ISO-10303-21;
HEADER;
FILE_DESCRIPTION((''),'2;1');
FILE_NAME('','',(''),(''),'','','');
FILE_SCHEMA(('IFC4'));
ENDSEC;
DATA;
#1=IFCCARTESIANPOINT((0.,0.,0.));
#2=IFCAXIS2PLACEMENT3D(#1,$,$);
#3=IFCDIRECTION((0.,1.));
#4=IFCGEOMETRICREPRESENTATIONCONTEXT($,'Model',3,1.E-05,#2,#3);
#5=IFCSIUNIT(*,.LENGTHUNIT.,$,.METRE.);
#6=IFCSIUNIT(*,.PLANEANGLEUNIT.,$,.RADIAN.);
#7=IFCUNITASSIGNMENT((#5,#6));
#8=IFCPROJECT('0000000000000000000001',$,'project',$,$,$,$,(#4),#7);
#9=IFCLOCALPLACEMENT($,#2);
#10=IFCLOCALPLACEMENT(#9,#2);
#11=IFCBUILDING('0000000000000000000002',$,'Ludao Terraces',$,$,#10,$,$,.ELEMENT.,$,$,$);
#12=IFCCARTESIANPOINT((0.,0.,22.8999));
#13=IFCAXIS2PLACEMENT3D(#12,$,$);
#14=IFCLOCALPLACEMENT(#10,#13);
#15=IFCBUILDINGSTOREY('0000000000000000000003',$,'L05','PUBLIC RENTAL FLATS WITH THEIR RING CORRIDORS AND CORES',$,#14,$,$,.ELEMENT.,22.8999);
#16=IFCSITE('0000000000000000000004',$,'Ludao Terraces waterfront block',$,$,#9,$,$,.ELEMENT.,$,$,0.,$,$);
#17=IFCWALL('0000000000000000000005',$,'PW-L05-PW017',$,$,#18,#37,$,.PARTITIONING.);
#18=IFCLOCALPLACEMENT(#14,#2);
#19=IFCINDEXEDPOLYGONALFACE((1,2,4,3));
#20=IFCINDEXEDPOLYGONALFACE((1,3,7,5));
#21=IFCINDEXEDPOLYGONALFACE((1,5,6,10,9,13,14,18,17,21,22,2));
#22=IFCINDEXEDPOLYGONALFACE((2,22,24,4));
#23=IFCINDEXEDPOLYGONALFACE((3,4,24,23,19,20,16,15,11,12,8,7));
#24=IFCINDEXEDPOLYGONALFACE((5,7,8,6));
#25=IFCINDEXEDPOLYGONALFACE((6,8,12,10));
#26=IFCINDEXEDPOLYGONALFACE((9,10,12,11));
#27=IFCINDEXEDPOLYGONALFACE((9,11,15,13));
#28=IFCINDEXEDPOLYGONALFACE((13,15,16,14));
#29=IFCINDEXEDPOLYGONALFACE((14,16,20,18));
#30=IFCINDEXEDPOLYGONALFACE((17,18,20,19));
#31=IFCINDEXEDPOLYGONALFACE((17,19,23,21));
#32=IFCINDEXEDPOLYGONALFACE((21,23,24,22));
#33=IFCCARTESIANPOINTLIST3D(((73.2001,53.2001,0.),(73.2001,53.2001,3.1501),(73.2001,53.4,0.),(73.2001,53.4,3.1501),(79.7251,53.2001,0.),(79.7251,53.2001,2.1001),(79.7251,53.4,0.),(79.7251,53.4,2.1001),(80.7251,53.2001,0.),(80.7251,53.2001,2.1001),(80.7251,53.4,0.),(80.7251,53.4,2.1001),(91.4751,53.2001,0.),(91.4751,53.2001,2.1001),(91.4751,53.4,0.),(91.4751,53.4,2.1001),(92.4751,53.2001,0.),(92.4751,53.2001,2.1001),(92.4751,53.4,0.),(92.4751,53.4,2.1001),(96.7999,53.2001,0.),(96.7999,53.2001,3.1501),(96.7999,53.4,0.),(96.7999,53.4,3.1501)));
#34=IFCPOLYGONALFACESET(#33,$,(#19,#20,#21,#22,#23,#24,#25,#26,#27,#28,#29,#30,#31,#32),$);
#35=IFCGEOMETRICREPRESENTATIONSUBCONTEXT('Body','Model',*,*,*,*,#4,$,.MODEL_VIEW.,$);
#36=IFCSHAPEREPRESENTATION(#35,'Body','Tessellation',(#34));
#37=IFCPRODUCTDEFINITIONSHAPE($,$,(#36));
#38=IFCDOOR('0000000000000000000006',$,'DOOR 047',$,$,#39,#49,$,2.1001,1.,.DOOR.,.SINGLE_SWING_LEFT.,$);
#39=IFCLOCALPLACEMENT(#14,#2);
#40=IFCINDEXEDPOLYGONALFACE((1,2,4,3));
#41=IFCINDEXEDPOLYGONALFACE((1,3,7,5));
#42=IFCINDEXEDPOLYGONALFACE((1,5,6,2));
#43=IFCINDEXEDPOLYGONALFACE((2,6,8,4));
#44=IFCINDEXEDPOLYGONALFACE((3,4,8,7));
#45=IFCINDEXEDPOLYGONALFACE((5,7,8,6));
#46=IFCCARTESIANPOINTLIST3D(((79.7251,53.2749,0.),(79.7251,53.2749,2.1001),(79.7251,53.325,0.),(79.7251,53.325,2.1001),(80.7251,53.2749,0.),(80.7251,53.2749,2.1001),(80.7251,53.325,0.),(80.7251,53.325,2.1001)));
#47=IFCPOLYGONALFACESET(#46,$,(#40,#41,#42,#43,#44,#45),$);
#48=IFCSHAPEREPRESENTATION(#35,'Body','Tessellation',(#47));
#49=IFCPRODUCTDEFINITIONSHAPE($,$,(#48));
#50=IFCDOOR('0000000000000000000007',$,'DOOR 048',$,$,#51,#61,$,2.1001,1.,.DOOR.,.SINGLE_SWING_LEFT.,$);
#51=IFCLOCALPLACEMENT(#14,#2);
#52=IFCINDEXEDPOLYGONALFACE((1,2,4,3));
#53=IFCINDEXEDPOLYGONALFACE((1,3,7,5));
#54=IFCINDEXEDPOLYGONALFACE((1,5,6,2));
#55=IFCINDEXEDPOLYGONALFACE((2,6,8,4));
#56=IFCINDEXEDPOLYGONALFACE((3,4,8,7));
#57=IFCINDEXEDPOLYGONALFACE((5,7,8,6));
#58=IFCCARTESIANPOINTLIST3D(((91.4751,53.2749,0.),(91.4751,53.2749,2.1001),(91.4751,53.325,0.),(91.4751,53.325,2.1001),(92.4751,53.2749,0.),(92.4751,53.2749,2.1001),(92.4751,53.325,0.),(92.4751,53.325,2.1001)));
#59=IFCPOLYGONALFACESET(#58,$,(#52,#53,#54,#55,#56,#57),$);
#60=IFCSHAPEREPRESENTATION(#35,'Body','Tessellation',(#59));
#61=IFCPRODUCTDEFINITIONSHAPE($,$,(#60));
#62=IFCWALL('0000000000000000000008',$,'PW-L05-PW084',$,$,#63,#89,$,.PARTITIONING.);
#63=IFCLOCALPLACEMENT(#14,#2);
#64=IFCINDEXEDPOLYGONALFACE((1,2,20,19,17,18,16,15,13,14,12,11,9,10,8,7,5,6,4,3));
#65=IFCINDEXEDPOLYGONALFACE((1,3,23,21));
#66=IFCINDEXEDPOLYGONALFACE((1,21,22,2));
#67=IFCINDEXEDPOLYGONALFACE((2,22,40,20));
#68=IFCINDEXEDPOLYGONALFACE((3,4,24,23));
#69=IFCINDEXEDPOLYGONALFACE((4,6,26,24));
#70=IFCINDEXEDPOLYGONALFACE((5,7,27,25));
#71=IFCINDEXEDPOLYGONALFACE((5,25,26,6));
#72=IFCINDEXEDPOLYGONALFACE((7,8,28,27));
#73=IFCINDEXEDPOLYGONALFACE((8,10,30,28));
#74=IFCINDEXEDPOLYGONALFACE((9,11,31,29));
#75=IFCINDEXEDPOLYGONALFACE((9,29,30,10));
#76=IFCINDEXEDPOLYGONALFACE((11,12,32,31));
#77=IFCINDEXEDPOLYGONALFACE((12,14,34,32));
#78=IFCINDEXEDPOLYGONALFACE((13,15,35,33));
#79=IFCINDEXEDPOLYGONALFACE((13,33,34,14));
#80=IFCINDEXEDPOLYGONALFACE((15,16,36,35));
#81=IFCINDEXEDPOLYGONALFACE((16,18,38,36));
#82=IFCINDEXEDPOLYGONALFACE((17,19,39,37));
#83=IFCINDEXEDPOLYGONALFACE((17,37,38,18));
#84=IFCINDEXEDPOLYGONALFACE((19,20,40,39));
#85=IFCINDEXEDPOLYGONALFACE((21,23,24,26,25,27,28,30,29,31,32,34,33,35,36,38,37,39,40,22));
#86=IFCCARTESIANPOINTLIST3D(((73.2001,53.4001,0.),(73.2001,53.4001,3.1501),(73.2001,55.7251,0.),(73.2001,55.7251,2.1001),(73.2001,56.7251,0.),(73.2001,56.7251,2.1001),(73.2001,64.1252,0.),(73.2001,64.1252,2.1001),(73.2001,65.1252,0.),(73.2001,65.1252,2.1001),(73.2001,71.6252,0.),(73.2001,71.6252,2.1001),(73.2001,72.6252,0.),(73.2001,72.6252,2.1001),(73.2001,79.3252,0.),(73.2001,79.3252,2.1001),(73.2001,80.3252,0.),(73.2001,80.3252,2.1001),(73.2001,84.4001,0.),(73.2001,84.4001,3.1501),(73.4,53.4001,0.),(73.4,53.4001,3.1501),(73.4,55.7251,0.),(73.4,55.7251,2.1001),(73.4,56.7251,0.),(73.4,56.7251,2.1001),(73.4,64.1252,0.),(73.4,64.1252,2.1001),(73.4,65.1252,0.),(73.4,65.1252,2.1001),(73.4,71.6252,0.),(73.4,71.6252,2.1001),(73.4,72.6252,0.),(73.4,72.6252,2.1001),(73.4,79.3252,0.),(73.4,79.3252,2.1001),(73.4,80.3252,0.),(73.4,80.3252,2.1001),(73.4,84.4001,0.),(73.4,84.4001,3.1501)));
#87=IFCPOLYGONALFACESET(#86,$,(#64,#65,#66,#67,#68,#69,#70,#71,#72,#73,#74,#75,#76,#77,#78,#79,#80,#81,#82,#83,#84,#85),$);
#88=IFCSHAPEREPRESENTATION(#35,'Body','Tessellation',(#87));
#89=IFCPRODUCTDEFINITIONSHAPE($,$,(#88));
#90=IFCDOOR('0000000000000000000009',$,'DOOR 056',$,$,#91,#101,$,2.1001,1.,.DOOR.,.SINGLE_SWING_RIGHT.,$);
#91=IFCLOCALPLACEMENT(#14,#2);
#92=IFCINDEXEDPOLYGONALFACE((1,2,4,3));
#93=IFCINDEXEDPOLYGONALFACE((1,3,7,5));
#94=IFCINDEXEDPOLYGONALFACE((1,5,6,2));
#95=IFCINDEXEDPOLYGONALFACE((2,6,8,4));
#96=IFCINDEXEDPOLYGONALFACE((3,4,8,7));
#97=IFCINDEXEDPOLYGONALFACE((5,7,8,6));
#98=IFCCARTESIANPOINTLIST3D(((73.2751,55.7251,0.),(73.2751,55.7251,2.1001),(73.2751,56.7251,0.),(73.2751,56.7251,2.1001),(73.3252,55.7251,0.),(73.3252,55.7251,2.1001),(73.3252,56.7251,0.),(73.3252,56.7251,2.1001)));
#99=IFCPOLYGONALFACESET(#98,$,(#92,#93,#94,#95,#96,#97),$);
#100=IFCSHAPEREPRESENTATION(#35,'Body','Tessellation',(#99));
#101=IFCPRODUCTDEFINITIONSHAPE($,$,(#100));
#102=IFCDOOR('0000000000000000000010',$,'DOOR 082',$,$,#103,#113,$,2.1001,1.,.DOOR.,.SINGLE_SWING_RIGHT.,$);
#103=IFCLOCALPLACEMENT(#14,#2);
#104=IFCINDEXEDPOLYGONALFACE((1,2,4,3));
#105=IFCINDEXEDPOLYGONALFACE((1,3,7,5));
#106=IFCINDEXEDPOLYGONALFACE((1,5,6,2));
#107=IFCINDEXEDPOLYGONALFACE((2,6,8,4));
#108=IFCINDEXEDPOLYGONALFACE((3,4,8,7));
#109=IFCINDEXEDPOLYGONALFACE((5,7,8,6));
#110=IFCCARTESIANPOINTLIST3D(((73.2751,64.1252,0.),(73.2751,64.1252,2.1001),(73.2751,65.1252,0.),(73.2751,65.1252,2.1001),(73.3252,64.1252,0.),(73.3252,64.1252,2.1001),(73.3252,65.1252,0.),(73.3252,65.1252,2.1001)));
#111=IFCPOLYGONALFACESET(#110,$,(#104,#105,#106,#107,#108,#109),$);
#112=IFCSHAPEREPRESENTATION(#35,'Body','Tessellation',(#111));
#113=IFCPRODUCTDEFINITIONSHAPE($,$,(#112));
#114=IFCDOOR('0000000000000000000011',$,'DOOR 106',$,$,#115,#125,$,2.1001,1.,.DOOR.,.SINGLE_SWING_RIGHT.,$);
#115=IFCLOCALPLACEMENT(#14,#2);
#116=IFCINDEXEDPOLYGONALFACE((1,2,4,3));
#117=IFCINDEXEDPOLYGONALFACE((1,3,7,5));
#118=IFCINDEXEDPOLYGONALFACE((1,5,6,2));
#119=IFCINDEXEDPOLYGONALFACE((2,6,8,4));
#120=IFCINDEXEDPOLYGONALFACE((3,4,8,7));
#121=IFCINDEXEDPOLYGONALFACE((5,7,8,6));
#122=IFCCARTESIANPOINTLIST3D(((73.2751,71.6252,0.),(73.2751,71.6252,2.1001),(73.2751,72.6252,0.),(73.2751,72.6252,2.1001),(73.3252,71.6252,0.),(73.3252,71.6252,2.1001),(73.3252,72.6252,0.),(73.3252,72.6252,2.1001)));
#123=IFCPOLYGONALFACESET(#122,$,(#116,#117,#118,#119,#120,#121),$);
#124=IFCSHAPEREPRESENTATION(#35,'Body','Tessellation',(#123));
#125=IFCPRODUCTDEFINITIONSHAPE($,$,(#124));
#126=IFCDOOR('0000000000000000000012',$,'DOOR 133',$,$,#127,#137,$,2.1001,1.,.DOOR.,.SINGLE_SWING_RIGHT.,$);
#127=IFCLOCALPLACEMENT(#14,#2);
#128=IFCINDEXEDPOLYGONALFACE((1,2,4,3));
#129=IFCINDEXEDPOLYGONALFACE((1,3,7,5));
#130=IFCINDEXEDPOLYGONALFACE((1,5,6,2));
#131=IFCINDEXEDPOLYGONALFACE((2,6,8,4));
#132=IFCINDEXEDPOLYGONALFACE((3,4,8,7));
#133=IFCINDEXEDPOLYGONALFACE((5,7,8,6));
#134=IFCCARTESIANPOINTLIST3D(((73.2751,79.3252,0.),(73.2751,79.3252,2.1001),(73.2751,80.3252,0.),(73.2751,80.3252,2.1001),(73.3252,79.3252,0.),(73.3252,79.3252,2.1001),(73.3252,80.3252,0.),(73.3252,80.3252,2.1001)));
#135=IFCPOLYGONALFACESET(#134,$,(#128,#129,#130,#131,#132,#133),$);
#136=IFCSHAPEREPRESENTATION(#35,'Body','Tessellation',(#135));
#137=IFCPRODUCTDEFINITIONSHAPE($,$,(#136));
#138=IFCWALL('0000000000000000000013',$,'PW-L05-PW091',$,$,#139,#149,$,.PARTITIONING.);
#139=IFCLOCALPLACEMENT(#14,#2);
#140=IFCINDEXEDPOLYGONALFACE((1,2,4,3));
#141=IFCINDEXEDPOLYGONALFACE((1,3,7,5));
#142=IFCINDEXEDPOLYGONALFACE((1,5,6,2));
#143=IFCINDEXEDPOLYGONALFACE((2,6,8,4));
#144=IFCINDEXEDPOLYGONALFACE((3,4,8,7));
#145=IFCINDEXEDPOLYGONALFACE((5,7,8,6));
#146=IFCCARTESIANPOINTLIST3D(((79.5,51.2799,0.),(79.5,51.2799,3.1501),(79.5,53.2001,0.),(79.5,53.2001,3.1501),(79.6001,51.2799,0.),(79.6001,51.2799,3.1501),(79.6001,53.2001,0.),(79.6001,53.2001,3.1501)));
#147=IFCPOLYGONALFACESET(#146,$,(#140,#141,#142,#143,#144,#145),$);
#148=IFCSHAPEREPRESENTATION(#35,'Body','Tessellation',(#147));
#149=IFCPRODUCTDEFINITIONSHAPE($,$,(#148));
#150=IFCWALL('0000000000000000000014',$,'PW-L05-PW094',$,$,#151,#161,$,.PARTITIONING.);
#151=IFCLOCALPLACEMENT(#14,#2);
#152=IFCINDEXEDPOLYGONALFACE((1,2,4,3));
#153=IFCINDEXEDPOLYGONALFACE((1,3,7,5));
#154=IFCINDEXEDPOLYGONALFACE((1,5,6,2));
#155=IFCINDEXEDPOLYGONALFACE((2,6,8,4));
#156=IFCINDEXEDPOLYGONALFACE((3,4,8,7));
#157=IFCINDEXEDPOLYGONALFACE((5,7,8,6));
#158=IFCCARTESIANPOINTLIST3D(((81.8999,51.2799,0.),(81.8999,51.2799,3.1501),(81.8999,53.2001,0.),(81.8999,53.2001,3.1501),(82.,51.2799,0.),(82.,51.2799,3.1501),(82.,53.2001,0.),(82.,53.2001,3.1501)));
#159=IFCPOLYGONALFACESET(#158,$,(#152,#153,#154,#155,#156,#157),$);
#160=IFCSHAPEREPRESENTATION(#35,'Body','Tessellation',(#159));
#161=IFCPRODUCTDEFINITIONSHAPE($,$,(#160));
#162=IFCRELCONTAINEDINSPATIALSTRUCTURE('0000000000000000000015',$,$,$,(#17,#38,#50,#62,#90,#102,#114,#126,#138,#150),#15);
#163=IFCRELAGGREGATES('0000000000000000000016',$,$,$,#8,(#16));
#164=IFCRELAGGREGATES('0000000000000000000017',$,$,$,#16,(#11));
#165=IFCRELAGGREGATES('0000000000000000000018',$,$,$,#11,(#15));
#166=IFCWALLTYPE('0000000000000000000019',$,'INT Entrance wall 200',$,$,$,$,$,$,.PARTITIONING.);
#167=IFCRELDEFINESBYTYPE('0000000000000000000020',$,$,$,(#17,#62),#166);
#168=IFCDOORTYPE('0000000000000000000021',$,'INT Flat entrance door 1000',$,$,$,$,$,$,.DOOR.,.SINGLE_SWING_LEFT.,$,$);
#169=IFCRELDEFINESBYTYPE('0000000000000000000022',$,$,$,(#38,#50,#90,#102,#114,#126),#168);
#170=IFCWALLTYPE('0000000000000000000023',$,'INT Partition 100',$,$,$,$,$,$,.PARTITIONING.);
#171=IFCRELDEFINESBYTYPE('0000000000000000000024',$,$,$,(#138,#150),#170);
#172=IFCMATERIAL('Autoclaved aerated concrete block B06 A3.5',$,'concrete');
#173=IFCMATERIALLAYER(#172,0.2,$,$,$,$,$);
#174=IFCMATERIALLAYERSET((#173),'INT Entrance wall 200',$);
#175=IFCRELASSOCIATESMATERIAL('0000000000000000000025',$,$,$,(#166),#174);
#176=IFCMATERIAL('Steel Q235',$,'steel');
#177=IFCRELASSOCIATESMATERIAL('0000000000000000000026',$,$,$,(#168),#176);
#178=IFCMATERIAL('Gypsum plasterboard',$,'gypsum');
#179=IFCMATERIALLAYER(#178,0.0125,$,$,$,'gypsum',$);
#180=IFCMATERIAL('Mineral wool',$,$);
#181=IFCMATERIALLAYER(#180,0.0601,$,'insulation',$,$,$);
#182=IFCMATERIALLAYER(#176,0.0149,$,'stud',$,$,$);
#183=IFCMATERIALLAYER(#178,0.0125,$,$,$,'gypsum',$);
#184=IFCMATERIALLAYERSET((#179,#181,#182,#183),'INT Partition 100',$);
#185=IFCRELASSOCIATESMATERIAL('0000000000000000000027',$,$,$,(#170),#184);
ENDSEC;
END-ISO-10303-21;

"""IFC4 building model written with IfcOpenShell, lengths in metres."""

from ifc_helpers import new_model, si_unit, direction, frame, frame_2d, origin, place, context, subcontext, project, spatial, rectangle, extrude, material, layer, layer_set, type_object, element, fill, save


model = new_model("IFC4")

# Units and contexts
model_context = context("Model", 3, precision=1e-05, world=origin(), true_north=direction((0.0, 1.0)))
body_context = subcontext(model_context, "Body", "Model", "MODEL_VIEW")
ifc_project = project(units=[si_unit("LENGTHUNIT", "METRE"), si_unit("PLANEANGLEUNIT", "RADIAN")], contexts=[model_context])

# Site, building, storey
site_placement = place(None, origin())
site = spatial("IfcSite", under=ifc_project, at=site_placement, Name="Ludao Terraces waterfront block", CompositionType="ELEMENT", RefElevation=0.0)
building_placement = place(site_placement, origin())
building = spatial("IfcBuilding", under=site, at=building_placement, Name="Ludao Terraces", CompositionType="ELEMENT")
storey_placement = place(building_placement, frame((0.0, 0.0, 22.8999)))
storey = spatial("IfcBuildingStorey", under=building, at=storey_placement, Name="L05", Description="PUBLIC RENTAL FLATS WITH THEIR RING CORRIDORS AND CORES", CompositionType="ELEMENT", Elevation=22.8999)

# Shared definitions
ifc_material_1 = material(Name="Steel Q235", Category="steel")

# Walls, openings, doors
ifc_material_2 = material(Name="Autoclaved aerated concrete block B06 A3.5", Category="concrete")
ifc_layer_1 = layer(ifc_material_2, 0.2)
ifc_layer_set_1 = layer_set([ifc_layer_1], Name="INT Entrance wall 200")
wall_type_1 = type_object("IfcWallType", Name="INT Entrance wall 200", PredefinedType="PARTITIONING", material=ifc_layer_set_1)
wall_1_placement = place(storey_placement, frame((73.2002, 53.3, 0.0), z_axis=(0.0, 0.0, 1.0), x_axis=(1.0, 0.0, 0.0)))
wall_1 = element("IfcWall", 1, at=wall_1_placement, inside=storey, type_object=wall_type_1, Name="PW-L05-PW017", PredefinedType="PARTITIONING", context=body_context, shape_type="SweptSolid", body=[
    extrude(rectangle(XDim=23.5999, YDim=0.2, at=frame_2d((11.7998, 0.0))), origin(), (0.0, 0.0, 1.0), 3.1501),
])
opening_1_placement = place(wall_1_placement, frame((6.5249, 0.0, 0.0)))
opening_1 = element("IfcOpeningElement", 2, at=opening_1_placement, cuts=wall_1, PredefinedType="OPENING", context=body_context, shape_type="SweptSolid", body=[
    extrude(rectangle(XDim=1.0, YDim=2.1001, at=frame_2d((0.5, 1.05))), frame((0.0, 0.1099, 0.0), z_axis=(0.0, -1.0, 0.0), x_axis=(1.0, 0.0, 0.0)), (0.0, 0.0, 1.0), 0.22),
])
opening_2_placement = place(wall_1_placement, frame((18.2749, 0.0, 0.0)))
opening_2 = element("IfcOpeningElement", 3, at=opening_2_placement, cuts=wall_1, PredefinedType="OPENING", context=body_context, shape_type="SweptSolid", body=[
    extrude(rectangle(XDim=1.0, YDim=2.1001, at=frame_2d((0.5, 1.05))), frame((0.0, 0.1099, 0.0), z_axis=(0.0, -1.0, 0.0), x_axis=(1.0, 0.0, 0.0)), (0.0, 0.0, 1.0), 0.22),
])
door_type_1 = type_object("IfcDoorType", Name="INT Flat entrance door 1000", OperationType="SINGLE_SWING_LEFT", PredefinedType="DOOR", material=ifc_material_1)
door_1_placement = place(opening_1_placement, origin())
door_1 = element("IfcDoor", 4, at=door_1_placement, inside=storey, type_object=door_type_1, Name="DOOR 047", OperationType="SINGLE_SWING_LEFT", OverallHeight=2.1001, OverallWidth=1.0, PredefinedType="DOOR", context=body_context, shape_type="SweptSolid", body=[
    extrude(rectangle(XDim=1.0, YDim=2.1001, at=frame_2d((0.5, 1.05))), frame((0.0, 0.0249, 0.0), z_axis=(0.0, -1.0, 0.0), x_axis=(1.0, 0.0, 0.0)), (0.0, 0.0, 1.0), 0.05),
])
fill(opening_1, door_1)
door_2_placement = place(opening_2_placement, origin())
door_2 = element("IfcDoor", 5, at=door_2_placement, inside=storey, type_object=door_type_1, Name="DOOR 048", OperationType="SINGLE_SWING_LEFT", OverallHeight=2.1001, OverallWidth=1.0, PredefinedType="DOOR", context=body_context, shape_type="SweptSolid", body=[
    extrude(rectangle(XDim=1.0, YDim=2.1001, at=frame_2d((0.5, 1.05))), frame((0.0, 0.0249, 0.0), z_axis=(0.0, -1.0, 0.0), x_axis=(1.0, 0.0, 0.0)), (0.0, 0.0, 1.0), 0.05),
])
fill(opening_2, door_2)
wall_2_placement = place(storey_placement, frame((73.3, 53.4001, 0.0), z_axis=(0.0, 0.0, 1.0), x_axis=(0.0, 1.0, 0.0)))
wall_2 = element("IfcWall", 6, at=wall_2_placement, inside=storey, type_object=wall_type_1, Name="PW-L05-PW084", PredefinedType="PARTITIONING", context=body_context, shape_type="SweptSolid", body=[
    extrude(rectangle(XDim=31.0, YDim=0.2, at=frame_2d((15.5, 0.0))), origin(), (0.0, 0.0, 1.0), 3.1501),
])
opening_3_placement = place(wall_2_placement, frame((2.325, 0.0, 0.0)))
opening_3 = element("IfcOpeningElement", 7, at=opening_3_placement, cuts=wall_2, PredefinedType="OPENING", context=body_context, shape_type="SweptSolid", body=[
    extrude(rectangle(XDim=1.0, YDim=2.1001, at=frame_2d((0.5, 1.05))), frame((0.0, 0.1099, 0.0), z_axis=(0.0, -1.0, 0.0), x_axis=(1.0, 0.0, 0.0)), (0.0, 0.0, 1.0), 0.22),
])
opening_4_placement = place(wall_2_placement, frame((10.7251, 0.0, 0.0)))
opening_4 = element("IfcOpeningElement", 8, at=opening_4_placement, cuts=wall_2, PredefinedType="OPENING", context=body_context, shape_type="SweptSolid", body=[
    extrude(rectangle(XDim=1.0, YDim=2.1001, at=frame_2d((0.5, 1.05))), frame((0.0, 0.1099, 0.0), z_axis=(0.0, -1.0, 0.0), x_axis=(1.0, 0.0, 0.0)), (0.0, 0.0, 1.0), 0.22),
])
opening_5_placement = place(wall_2_placement, frame((18.2251, 0.0, 0.0)))
opening_5 = element("IfcOpeningElement", 9, at=opening_5_placement, cuts=wall_2, PredefinedType="OPENING", context=body_context, shape_type="SweptSolid", body=[
    extrude(rectangle(XDim=1.0, YDim=2.1001, at=frame_2d((0.5, 1.05))), frame((0.0, 0.1099, 0.0), z_axis=(0.0, -1.0, 0.0), x_axis=(1.0, 0.0, 0.0)), (0.0, 0.0, 1.0), 0.22),
])
opening_6_placement = place(wall_2_placement, frame((25.925, 0.0, 0.0)))
opening_6 = element("IfcOpeningElement", 10, at=opening_6_placement, cuts=wall_2, PredefinedType="OPENING", context=body_context, shape_type="SweptSolid", body=[
    extrude(rectangle(XDim=1.0, YDim=2.1001, at=frame_2d((0.5, 1.05))), frame((0.0, 0.1099, 0.0), z_axis=(0.0, -1.0, 0.0), x_axis=(1.0, 0.0, 0.0)), (0.0, 0.0, 1.0), 0.22),
])
door_3_placement = place(opening_3_placement, origin())
door_3 = element("IfcDoor", 11, at=door_3_placement, inside=storey, type_object=door_type_1, Name="DOOR 056", OperationType="SINGLE_SWING_RIGHT", OverallHeight=2.1001, OverallWidth=1.0, PredefinedType="DOOR", context=body_context, shape_type="SweptSolid", body=[
    extrude(rectangle(XDim=1.0, YDim=2.1001, at=frame_2d((0.5, 1.05))), frame((0.0, 0.0249, 0.0), z_axis=(0.0, -1.0, 0.0), x_axis=(1.0, 0.0, 0.0)), (0.0, 0.0, 1.0), 0.05),
])
fill(opening_3, door_3)
door_4_placement = place(opening_4_placement, origin())
door_4 = element("IfcDoor", 12, at=door_4_placement, inside=storey, type_object=door_type_1, Name="DOOR 082", OperationType="SINGLE_SWING_RIGHT", OverallHeight=2.1001, OverallWidth=1.0, PredefinedType="DOOR", context=body_context, shape_type="SweptSolid", body=[
    extrude(rectangle(XDim=1.0, YDim=2.1001, at=frame_2d((0.5, 1.05))), frame((0.0, 0.0249, 0.0), z_axis=(0.0, -1.0, 0.0), x_axis=(1.0, 0.0, 0.0)), (0.0, 0.0, 1.0), 0.05),
])
fill(opening_4, door_4)
door_5_placement = place(opening_5_placement, origin())
door_5 = element("IfcDoor", 13, at=door_5_placement, inside=storey, type_object=door_type_1, Name="DOOR 106", OperationType="SINGLE_SWING_RIGHT", OverallHeight=2.1001, OverallWidth=1.0, PredefinedType="DOOR", context=body_context, shape_type="SweptSolid", body=[
    extrude(rectangle(XDim=1.0, YDim=2.1001, at=frame_2d((0.5, 1.05))), frame((0.0, 0.0249, 0.0), z_axis=(0.0, -1.0, 0.0), x_axis=(1.0, 0.0, 0.0)), (0.0, 0.0, 1.0), 0.05),
])
fill(opening_5, door_5)
door_6_placement = place(opening_6_placement, origin())
door_6 = element("IfcDoor", 14, at=door_6_placement, inside=storey, type_object=door_type_1, Name="DOOR 133", OperationType="SINGLE_SWING_RIGHT", OverallHeight=2.1001, OverallWidth=1.0, PredefinedType="DOOR", context=body_context, shape_type="SweptSolid", body=[
    extrude(rectangle(XDim=1.0, YDim=2.1001, at=frame_2d((0.5, 1.05))), frame((0.0, 0.0249, 0.0), z_axis=(0.0, -1.0, 0.0), x_axis=(1.0, 0.0, 0.0)), (0.0, 0.0, 1.0), 0.05),
])
fill(opening_6, door_6)

# Walls
ifc_material_3 = material(Name="Gypsum plasterboard", Category="gypsum")
ifc_layer_2 = layer(ifc_material_3, 0.0125, Category="gypsum")
ifc_material_4 = material(Name="Mineral wool")
ifc_layer_3 = layer(ifc_material_4, 0.0601, Name="insulation")
ifc_layer_4 = layer(ifc_material_1, 0.0149, Name="stud")
ifc_layer_5 = layer(ifc_material_3, 0.0125, Category="gypsum")
ifc_layer_set_2 = layer_set([ifc_layer_2, ifc_layer_3, ifc_layer_4, ifc_layer_5], Name="INT Partition 100")
wall_type_2 = type_object("IfcWallType", Name="INT Partition 100", PredefinedType="PARTITIONING", material=ifc_layer_set_2)
for number, where, z_axis, x_axis, name in (
    (15, (79.55, 51.28, 0.0), (0.0, 0.0, 1.0), (0.0, 1.0, 0.0), "PW-L05-PW091"),
    (16, (81.95, 51.28, 0.0), (0.0, 0.0, 1.0), (0.0, 1.0, 0.0), "PW-L05-PW094"),
):
    element("IfcWall", number, at=place(storey_placement, frame(where, z_axis=z_axis, x_axis=x_axis)), inside=storey, type_object=wall_type_2, Name=name, PredefinedType="PARTITIONING", context=body_context, shape_type="SweptSolid", body=[
        extrude(rectangle(XDim=1.9202, YDim=0.1001, at=frame_2d((0.96, 0.0))), origin(), (0.0, 0.0, 1.0), 3.1501),
    ])

save(model, "model.ifc")
